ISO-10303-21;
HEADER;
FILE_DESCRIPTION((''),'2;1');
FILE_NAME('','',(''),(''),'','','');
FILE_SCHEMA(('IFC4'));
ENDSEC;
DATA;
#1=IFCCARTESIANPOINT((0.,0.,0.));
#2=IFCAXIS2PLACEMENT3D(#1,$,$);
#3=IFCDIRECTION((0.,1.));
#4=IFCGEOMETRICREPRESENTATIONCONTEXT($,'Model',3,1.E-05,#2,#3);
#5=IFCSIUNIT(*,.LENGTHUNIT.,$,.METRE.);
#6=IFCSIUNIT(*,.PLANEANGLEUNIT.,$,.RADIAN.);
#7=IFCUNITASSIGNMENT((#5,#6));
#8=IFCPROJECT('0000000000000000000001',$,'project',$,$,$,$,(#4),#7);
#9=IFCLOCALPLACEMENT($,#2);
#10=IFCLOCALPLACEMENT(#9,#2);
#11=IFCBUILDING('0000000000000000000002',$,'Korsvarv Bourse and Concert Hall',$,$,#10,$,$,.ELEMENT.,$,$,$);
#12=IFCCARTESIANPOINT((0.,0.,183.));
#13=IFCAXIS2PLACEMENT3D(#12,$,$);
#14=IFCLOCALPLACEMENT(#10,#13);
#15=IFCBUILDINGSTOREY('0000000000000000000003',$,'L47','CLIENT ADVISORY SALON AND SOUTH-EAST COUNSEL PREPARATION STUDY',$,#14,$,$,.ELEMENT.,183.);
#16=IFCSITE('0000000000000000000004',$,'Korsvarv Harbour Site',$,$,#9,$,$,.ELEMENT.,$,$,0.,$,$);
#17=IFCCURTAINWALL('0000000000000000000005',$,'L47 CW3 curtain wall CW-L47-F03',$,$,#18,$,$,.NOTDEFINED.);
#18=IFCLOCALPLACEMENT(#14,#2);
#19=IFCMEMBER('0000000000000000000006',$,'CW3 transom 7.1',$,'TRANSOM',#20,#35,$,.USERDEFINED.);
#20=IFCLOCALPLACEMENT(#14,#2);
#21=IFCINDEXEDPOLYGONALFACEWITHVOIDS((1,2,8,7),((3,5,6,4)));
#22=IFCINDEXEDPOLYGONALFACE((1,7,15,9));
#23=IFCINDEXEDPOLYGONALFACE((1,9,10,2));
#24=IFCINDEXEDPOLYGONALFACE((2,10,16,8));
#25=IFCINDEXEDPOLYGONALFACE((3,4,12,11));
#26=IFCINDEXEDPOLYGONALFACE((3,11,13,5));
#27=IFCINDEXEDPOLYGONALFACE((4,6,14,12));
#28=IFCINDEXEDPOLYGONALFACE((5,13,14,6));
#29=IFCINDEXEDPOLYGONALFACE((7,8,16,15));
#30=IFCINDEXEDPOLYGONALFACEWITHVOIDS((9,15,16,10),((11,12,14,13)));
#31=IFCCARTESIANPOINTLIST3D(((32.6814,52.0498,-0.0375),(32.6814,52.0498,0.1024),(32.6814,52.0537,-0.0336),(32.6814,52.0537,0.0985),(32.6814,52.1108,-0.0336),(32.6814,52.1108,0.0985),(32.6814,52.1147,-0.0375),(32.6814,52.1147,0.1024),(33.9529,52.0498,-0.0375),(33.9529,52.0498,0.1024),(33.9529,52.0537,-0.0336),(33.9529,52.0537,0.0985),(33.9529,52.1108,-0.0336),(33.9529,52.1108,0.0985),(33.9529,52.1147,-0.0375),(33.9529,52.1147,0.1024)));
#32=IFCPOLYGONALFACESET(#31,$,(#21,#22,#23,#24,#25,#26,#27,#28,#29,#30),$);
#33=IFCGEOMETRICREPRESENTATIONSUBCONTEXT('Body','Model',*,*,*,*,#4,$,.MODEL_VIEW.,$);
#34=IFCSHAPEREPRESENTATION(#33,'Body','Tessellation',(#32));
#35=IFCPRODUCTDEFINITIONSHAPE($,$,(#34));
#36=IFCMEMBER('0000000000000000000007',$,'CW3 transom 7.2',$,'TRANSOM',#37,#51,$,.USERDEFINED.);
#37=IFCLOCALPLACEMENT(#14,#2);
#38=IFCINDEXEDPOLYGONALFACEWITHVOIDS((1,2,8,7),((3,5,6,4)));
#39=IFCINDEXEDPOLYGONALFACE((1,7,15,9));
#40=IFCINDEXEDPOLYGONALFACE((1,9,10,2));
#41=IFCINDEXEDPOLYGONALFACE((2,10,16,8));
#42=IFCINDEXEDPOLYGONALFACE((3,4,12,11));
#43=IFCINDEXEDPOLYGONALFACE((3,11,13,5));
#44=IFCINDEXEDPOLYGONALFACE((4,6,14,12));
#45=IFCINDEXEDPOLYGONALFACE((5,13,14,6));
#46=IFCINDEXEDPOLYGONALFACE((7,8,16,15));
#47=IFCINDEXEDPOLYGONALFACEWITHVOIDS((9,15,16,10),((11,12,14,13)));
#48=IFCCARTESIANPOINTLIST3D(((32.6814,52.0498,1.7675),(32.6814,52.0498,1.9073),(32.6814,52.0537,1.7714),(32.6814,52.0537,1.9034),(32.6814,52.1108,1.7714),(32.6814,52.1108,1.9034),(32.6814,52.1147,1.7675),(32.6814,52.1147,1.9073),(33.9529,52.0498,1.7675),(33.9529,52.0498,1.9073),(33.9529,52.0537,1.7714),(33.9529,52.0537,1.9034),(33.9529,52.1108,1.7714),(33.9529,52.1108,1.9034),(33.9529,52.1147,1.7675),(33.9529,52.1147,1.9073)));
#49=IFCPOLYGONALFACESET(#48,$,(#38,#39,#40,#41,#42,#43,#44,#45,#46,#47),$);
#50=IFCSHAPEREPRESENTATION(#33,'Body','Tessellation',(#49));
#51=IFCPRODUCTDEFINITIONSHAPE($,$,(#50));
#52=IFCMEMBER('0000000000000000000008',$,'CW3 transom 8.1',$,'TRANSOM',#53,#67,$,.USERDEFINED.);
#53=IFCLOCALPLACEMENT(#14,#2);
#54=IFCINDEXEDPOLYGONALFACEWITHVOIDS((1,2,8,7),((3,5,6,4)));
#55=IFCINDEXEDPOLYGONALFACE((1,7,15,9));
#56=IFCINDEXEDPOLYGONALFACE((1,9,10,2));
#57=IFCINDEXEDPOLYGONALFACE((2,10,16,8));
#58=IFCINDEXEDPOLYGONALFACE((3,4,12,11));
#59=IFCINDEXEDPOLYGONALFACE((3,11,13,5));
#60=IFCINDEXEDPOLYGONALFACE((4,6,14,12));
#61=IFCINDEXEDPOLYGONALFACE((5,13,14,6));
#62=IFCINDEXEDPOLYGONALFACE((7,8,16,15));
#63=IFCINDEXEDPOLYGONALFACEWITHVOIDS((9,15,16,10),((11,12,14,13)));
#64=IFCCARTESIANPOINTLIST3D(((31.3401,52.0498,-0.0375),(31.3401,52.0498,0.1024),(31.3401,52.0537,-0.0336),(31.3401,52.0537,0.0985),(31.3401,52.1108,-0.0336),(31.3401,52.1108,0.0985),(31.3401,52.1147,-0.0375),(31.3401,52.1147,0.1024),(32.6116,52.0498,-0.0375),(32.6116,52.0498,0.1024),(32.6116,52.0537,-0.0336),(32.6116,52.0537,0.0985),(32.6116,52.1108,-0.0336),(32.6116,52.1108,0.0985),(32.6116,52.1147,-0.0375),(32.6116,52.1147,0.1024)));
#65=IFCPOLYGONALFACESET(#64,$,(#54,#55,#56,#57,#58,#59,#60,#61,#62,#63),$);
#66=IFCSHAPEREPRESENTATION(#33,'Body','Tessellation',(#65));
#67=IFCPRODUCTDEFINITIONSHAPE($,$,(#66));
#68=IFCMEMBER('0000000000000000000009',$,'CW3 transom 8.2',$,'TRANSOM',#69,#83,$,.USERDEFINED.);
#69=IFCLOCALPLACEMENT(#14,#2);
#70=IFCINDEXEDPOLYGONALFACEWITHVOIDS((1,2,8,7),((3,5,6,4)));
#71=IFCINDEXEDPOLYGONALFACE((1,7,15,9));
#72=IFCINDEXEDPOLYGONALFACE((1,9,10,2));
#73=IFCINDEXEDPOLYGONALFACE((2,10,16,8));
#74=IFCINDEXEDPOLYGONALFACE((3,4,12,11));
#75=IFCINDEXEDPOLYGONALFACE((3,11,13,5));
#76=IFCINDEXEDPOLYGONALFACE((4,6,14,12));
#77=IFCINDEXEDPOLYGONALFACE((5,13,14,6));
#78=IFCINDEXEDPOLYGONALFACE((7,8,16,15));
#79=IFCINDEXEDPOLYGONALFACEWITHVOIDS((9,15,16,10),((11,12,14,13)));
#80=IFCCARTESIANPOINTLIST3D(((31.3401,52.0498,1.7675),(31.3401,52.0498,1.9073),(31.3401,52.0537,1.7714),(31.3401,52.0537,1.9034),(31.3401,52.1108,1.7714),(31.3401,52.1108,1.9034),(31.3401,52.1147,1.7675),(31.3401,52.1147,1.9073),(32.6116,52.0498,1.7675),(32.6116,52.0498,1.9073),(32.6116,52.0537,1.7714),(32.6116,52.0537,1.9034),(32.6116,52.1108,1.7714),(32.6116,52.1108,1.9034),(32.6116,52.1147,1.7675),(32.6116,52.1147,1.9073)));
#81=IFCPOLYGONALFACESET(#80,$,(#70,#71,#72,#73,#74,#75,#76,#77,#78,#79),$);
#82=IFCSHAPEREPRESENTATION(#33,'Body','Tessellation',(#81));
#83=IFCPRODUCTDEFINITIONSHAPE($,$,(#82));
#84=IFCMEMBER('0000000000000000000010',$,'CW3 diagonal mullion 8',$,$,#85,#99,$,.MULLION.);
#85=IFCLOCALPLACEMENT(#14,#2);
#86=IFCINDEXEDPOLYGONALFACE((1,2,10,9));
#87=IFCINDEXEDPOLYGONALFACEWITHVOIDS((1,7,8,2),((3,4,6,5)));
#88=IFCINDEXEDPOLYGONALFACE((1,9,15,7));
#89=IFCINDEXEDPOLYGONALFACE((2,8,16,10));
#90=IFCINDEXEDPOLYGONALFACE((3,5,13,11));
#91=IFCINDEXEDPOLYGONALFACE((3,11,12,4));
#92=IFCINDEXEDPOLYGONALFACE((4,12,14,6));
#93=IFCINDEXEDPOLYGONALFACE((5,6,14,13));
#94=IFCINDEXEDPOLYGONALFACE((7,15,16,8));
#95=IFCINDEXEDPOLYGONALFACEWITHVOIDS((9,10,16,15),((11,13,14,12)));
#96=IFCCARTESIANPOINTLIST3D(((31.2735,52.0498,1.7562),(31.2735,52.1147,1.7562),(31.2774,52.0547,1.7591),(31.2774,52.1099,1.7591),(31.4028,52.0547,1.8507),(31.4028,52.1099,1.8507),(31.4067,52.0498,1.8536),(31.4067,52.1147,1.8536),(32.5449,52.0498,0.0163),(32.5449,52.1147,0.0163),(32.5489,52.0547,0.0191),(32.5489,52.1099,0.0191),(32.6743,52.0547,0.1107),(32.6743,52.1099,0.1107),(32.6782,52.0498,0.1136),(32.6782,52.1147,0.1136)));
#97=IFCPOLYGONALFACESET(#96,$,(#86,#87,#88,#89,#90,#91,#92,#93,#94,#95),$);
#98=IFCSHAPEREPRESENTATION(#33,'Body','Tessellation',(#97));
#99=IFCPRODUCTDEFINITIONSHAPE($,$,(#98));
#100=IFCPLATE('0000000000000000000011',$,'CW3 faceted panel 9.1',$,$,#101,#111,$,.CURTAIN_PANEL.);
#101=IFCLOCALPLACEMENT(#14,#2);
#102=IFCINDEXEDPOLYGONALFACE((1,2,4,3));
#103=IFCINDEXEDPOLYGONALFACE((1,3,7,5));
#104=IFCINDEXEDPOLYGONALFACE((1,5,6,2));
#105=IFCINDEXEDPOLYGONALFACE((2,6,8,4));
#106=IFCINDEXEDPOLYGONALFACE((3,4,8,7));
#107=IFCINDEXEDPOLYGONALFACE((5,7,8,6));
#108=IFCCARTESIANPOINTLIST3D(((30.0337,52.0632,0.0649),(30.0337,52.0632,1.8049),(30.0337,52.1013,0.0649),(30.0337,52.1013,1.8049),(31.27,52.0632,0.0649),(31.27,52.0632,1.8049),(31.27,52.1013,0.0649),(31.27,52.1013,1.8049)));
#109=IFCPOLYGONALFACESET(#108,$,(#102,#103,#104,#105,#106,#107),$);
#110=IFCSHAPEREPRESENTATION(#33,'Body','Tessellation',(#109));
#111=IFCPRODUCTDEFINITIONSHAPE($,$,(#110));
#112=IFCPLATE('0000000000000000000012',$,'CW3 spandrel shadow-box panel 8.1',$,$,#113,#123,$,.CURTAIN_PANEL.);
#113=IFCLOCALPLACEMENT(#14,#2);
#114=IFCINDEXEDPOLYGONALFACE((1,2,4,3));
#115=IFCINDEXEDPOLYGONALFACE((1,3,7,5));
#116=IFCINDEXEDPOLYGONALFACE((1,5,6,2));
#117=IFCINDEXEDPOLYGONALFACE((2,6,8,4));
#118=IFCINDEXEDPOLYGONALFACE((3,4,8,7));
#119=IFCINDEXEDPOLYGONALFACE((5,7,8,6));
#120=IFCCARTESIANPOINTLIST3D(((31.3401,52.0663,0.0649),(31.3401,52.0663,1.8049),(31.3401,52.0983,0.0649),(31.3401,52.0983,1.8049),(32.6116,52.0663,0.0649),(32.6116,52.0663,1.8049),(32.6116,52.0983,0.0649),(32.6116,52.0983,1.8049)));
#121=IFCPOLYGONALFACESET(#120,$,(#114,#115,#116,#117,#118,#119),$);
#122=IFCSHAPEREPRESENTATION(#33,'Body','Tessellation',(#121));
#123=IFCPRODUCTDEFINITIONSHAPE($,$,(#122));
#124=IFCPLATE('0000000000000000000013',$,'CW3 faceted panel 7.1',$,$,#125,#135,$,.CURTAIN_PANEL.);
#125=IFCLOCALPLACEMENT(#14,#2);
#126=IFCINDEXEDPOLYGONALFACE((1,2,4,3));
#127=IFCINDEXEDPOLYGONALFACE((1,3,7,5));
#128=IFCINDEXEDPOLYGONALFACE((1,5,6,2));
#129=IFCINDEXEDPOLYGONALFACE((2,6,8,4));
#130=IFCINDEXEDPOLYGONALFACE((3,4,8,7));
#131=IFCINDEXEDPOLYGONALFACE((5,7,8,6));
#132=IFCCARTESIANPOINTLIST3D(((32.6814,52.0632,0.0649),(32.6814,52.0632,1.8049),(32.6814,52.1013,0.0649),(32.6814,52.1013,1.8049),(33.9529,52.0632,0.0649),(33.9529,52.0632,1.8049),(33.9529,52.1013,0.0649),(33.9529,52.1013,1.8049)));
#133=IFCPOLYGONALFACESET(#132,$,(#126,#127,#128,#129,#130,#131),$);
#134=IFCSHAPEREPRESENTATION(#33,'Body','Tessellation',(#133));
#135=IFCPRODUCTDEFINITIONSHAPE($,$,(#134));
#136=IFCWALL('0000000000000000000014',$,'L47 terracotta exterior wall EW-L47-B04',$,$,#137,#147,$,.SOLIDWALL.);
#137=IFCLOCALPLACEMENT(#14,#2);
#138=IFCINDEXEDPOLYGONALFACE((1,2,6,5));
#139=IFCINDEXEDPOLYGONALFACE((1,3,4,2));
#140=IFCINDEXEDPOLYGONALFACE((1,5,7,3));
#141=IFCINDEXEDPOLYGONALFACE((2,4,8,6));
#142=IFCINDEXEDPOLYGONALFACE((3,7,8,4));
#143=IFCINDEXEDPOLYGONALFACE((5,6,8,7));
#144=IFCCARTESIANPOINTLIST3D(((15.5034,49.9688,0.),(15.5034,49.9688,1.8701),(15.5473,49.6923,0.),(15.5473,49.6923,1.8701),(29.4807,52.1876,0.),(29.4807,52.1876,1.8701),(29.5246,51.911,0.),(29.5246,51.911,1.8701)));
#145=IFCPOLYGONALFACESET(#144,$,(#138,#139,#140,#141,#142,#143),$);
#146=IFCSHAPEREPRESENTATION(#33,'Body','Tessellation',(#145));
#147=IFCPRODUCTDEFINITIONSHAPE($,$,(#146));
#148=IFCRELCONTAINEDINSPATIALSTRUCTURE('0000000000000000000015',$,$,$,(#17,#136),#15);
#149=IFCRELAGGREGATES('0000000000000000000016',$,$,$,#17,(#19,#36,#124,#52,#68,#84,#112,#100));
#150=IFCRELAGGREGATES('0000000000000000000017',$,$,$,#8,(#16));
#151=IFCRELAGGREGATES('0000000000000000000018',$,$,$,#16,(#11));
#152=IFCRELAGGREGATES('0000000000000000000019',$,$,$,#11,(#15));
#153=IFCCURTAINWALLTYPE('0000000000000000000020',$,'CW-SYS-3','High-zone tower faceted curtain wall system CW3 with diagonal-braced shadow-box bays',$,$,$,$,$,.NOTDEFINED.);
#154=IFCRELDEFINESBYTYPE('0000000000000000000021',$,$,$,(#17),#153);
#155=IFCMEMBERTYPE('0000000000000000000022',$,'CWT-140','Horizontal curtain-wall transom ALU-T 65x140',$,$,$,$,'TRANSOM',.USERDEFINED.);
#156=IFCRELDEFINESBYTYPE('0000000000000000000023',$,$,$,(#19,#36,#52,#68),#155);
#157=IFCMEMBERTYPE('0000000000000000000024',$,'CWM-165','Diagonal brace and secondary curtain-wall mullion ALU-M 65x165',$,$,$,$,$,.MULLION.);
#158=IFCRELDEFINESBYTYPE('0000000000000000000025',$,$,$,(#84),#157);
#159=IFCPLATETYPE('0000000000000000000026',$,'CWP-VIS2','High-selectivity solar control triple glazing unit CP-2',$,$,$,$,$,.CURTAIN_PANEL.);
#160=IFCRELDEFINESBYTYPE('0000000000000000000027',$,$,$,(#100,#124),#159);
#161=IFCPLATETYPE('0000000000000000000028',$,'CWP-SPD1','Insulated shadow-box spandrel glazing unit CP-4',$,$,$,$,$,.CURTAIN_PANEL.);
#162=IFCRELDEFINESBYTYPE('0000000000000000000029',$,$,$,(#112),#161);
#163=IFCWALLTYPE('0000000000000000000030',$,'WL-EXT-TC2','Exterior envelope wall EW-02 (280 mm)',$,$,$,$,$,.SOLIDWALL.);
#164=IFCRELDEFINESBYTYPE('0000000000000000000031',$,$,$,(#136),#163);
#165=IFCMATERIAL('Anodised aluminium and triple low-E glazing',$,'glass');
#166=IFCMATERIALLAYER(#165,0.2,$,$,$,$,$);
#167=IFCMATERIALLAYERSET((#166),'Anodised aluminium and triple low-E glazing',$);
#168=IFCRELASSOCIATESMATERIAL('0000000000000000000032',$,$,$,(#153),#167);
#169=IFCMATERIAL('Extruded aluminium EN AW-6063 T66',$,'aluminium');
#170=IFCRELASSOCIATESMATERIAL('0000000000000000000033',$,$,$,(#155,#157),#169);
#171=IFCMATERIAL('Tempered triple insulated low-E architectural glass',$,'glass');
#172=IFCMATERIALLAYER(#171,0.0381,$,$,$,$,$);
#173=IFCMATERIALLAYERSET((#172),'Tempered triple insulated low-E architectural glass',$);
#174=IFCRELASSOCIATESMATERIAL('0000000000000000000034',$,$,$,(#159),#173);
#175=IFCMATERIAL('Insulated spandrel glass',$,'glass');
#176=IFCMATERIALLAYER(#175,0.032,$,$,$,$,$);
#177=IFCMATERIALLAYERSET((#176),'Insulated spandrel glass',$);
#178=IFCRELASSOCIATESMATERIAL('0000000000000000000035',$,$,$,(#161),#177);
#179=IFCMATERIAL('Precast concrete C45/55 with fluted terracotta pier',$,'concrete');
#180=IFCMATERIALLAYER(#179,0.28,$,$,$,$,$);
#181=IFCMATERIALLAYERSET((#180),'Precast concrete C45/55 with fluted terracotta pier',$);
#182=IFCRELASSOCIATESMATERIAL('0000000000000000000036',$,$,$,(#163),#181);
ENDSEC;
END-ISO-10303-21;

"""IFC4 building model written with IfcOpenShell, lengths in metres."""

from ifc_helpers import new_model, si_unit, direction, frame, frame_2d, origin, origin_2d, place, context, subcontext, project, spatial, rectangle, hollow_rectangle, extrude, source, transform, mapped, material, layer, layer_set, material_profile, profile_set, type_object, element, aggregate, save


model = new_model("IFC4")

# Units and contexts
model_context = context("Model", 3, precision=1e-05, world=origin(), true_north=direction((0.0, 1.0)))
body_context = subcontext(model_context, "Body", "Model", "MODEL_VIEW")
ifc_project = project(units=[si_unit("LENGTHUNIT", "METRE"), si_unit("PLANEANGLEUNIT", "RADIAN")], contexts=[model_context])

# Site, building, storey
site_placement = place(None, origin())
site = spatial("IfcSite", under=ifc_project, at=site_placement, Name="Korsvarv Harbour Site", CompositionType="ELEMENT", RefElevation=0.0)
building_placement = place(site_placement, origin())
building = spatial("IfcBuilding", under=site, at=building_placement, Name="Korsvarv Bourse and Concert Hall", CompositionType="ELEMENT")
storey_placement = place(building_placement, frame((0.0, 0.0, 183.0)))
storey = spatial("IfcBuildingStorey", under=building, at=storey_placement, Name="L47", Description="CLIENT ADVISORY SALON AND SOUTH-EAST COUNSEL PREPARATION STUDY", CompositionType="ELEMENT", Elevation=183.0)

# Curtain wall, members, plates
ifc_material_1 = material(Name="Anodised aluminium and triple low-E glazing", Category="glass")
ifc_layer_1 = layer(ifc_material_1, 0.2)
ifc_layer_set_1 = layer_set([ifc_layer_1], Name="Anodised aluminium and triple low-E glazing")
curtain_wall_type = type_object("IfcCurtainWallType", Name="CW-SYS-3", Description="High-zone tower faceted curtain wall system CW3 with diagonal-braced shadow-box bays", PredefinedType="NOTDEFINED", material=ifc_layer_set_1)
curtain_wall_placement = place(storey_placement, origin())
curtain_wall = element("IfcCurtainWall", 1, at=curtain_wall_placement, inside=storey, type_object=curtain_wall_type, Name="L47 CW3 curtain wall CW-L47-F03", PredefinedType="NOTDEFINED")
ifc_material_2 = material(Name="Extruded aluminium EN AW-6063 T66", Category="aluminium")
ifc_material_profile_1 = material_profile(ifc_material_2, hollow_rectangle(XDim=0.0649, YDim=0.1399, WallThickness=0.0039, at=origin_2d()), Name="ALU-T 65x140")
ifc_profile_set_1 = profile_set([ifc_material_profile_1], Name="Extruded aluminium EN AW-6063 T66")
member_type_1 = type_object("IfcMemberType", Name="CWT-140", Description="Horizontal curtain-wall transom ALU-T 65x140", ElementType="TRANSOM", PredefinedType="USERDEFINED", material=ifc_profile_set_1)
shared_shape_1 = source(origin(), body_context, "Body", "SweptSolid", [
    extrude(hollow_rectangle(XDim=0.0649, YDim=0.1399, WallThickness=0.0039, at=origin_2d()), origin(), (0.0, 0.0, 1.0), 1.2715),
])
member_1_placement = place(storey_placement, frame((33.9529, 52.0823, 0.0325), z_axis=(-1.0, 0.0, 0.0), x_axis=(0.0, -1.0, 0.0)))
member_1 = element("IfcMember", 2, at=member_1_placement, type_object=member_type_1, Name="CW3 transom 7.1", ObjectType="TRANSOM", PredefinedType="USERDEFINED", context=body_context, shape_type="MappedRepresentation", body=[
    mapped(shared_shape_1, transform((0.0, 0.0, 0.0), scale=1.0)),
])
member_2_placement = place(storey_placement, frame((33.9529, 52.0823, 1.8374), z_axis=(-1.0, 0.0, 0.0), x_axis=(0.0, -1.0, 0.0)))
member_2 = element("IfcMember", 3, at=member_2_placement, type_object=member_type_1, Name="CW3 transom 7.2", ObjectType="TRANSOM", PredefinedType="USERDEFINED", context=body_context, shape_type="MappedRepresentation", body=[
    mapped(shared_shape_1, transform((0.0, 0.0, 0.0), scale=1.0)),
])
member_3_placement = place(storey_placement, frame((32.6116, 52.0823, 0.0325), z_axis=(-1.0, 0.0, 0.0), x_axis=(0.0, -1.0, 0.0)))
member_3 = element("IfcMember", 4, at=member_3_placement, type_object=member_type_1, Name="CW3 transom 8.1", ObjectType="TRANSOM", PredefinedType="USERDEFINED", context=body_context, shape_type="MappedRepresentation", body=[
    mapped(shared_shape_1, transform((0.0, 0.0, 0.0), scale=1.0)),
])
member_4_placement = place(storey_placement, frame((32.6116, 52.0823, 1.8374), z_axis=(-1.0, 0.0, 0.0), x_axis=(0.0, -1.0, 0.0)))
member_4 = element("IfcMember", 5, at=member_4_placement, type_object=member_type_1, Name="CW3 transom 8.2", ObjectType="TRANSOM", PredefinedType="USERDEFINED", context=body_context, shape_type="MappedRepresentation", body=[
    mapped(shared_shape_1, transform((0.0, 0.0, 0.0), scale=1.0)),
])
ifc_material_profile_2 = material_profile(ifc_material_2, hollow_rectangle(XDim=0.0649, YDim=0.165, WallThickness=0.0049, at=origin_2d()), Name="ALU-M 65x165")
ifc_profile_set_2 = profile_set([ifc_material_profile_2], Name="Extruded aluminium EN AW-6063 T66")
member_type_2 = type_object("IfcMemberType", Name="CWM-165", Description="Diagonal brace and secondary curtain-wall mullion ALU-M 65x165", PredefinedType="MULLION", material=ifc_profile_set_2)
shared_shape_2 = source(origin(), body_context, "Body", "SweptSolid", [
    extrude(hollow_rectangle(XDim=0.0649, YDim=0.165, WallThickness=0.0049, at=origin_2d()), origin(), (0.0, 0.0, 1.0), 2.155),
])
member_5_placement = place(storey_placement, frame((32.6116, 52.0823, 0.0649), z_axis=(-0.590002, 0.0, 0.807402), x_axis=(0.0, -1.0, 0.0)))
member_5 = element("IfcMember", 6, at=member_5_placement, type_object=member_type_2, Name="CW3 diagonal mullion 8", PredefinedType="MULLION", context=body_context, shape_type="MappedRepresentation", body=[
    mapped(shared_shape_2, transform((0.0, 0.0, 0.0), scale=1.0)),
])
ifc_material_3 = material(Name="Tempered triple insulated low-E architectural glass", Category="glass")
ifc_layer_2 = layer(ifc_material_3, 0.0381)
ifc_layer_set_2 = layer_set([ifc_layer_2], Name="Tempered triple insulated low-E architectural glass")
plate_type_1 = type_object("IfcPlateType", Name="CWP-VIS2", Description="High-selectivity solar control triple glazing unit CP-2", PredefinedType="CURTAIN_PANEL", material=ifc_layer_set_2)
shared_shape_3 = source(origin(), body_context, "Body", "SweptSolid", [
    extrude(rectangle(XDim=1.2363, YDim=0.0381, at=origin_2d()), origin(), (0.0, 0.0, 1.0), 1.74),
])
plate_1_placement = place(storey_placement, frame((30.6519, 52.0823, 0.0649), z_axis=(0.0, 0.0, 1.0), x_axis=(-1.0, 0.0, 0.0)))
plate_1 = element("IfcPlate", 7, at=plate_1_placement, type_object=plate_type_1, Name="CW3 faceted panel 9.1", PredefinedType="CURTAIN_PANEL", context=body_context, shape_type="MappedRepresentation", body=[
    mapped(shared_shape_3, transform((0.0, 0.0, 0.0), scale=1.0)),
])
ifc_material_4 = material(Name="Insulated spandrel glass", Category="glass")
ifc_layer_3 = layer(ifc_material_4, 0.032)
ifc_layer_set_3 = layer_set([ifc_layer_3], Name="Insulated spandrel glass")
plate_type_2 = type_object("IfcPlateType", Name="CWP-SPD1", Description="Insulated shadow-box spandrel glazing unit CP-4", PredefinedType="CURTAIN_PANEL", material=ifc_layer_set_3)
shared_shape_4 = source(origin(), body_context, "Body", "SweptSolid", [
    extrude(rectangle(XDim=1.2715, YDim=0.032, at=origin_2d()), origin(), (0.0, 0.0, 1.0), 1.74),
])
plate_2_placement = place(storey_placement, frame((31.9758, 52.0823, 0.0649), z_axis=(0.0, 0.0, 1.0), x_axis=(-1.0, 0.0, 0.0)))
plate_2 = element("IfcPlate", 8, at=plate_2_placement, type_object=plate_type_2, Name="CW3 spandrel shadow-box panel 8.1", PredefinedType="CURTAIN_PANEL", context=body_context, shape_type="MappedRepresentation", body=[
    mapped(shared_shape_4, transform((0.0, 0.0, 0.0), scale=1.0)),
])
shared_shape_5 = source(origin(), body_context, "Body", "SweptSolid", [
    extrude(rectangle(XDim=1.2715, YDim=0.0381, at=origin_2d()), origin(), (0.0, 0.0, 1.0), 1.74),
])
plate_3_placement = place(storey_placement, frame((33.3171, 52.0823, 0.0649), z_axis=(0.0, 0.0, 1.0), x_axis=(-1.0, 0.0, 0.0)))
plate_3 = element("IfcPlate", 9, at=plate_3_placement, type_object=plate_type_1, Name="CW3 faceted panel 7.1", PredefinedType="CURTAIN_PANEL", context=body_context, shape_type="MappedRepresentation", body=[
    mapped(shared_shape_5, transform((0.0, 0.0, 0.0), scale=1.0)),
])
aggregate(curtain_wall, [member_1, member_2, plate_3, member_3, member_4, member_5, plate_2, plate_1])

# Wall
ifc_material_5 = material(Name="Precast concrete C45/55 with fluted terracotta pier", Category="concrete")
ifc_layer_4 = layer(ifc_material_5, 0.28)
ifc_layer_set_4 = layer_set([ifc_layer_4], Name="Precast concrete C45/55 with fluted terracotta pier")
wall_type = type_object("IfcWallType", Name="WL-EXT-TC2", Description="Exterior envelope wall EW-02 (280 mm)", PredefinedType="SOLIDWALL", material=ifc_layer_set_4)
wall_placement = place(storey_placement, frame((29.5027, 52.0493, 0.0), z_axis=(0.0, 0.0, 1.0), x_axis=(-0.987634, -0.156777, 0.0)))
element("IfcWall", 10, at=wall_placement, inside=storey, type_object=wall_type, Name="L47 terracotta exterior wall EW-L47-B04", PredefinedType="SOLIDWALL", context=body_context, shape_type="SweptSolid", body=[
    extrude(rectangle(XDim=14.1523, YDim=0.28, at=frame_2d((7.0762, 0.0))), origin(), (0.0, 0.0, 1.0), 1.8701),
])

save(model, "model.ifc")
